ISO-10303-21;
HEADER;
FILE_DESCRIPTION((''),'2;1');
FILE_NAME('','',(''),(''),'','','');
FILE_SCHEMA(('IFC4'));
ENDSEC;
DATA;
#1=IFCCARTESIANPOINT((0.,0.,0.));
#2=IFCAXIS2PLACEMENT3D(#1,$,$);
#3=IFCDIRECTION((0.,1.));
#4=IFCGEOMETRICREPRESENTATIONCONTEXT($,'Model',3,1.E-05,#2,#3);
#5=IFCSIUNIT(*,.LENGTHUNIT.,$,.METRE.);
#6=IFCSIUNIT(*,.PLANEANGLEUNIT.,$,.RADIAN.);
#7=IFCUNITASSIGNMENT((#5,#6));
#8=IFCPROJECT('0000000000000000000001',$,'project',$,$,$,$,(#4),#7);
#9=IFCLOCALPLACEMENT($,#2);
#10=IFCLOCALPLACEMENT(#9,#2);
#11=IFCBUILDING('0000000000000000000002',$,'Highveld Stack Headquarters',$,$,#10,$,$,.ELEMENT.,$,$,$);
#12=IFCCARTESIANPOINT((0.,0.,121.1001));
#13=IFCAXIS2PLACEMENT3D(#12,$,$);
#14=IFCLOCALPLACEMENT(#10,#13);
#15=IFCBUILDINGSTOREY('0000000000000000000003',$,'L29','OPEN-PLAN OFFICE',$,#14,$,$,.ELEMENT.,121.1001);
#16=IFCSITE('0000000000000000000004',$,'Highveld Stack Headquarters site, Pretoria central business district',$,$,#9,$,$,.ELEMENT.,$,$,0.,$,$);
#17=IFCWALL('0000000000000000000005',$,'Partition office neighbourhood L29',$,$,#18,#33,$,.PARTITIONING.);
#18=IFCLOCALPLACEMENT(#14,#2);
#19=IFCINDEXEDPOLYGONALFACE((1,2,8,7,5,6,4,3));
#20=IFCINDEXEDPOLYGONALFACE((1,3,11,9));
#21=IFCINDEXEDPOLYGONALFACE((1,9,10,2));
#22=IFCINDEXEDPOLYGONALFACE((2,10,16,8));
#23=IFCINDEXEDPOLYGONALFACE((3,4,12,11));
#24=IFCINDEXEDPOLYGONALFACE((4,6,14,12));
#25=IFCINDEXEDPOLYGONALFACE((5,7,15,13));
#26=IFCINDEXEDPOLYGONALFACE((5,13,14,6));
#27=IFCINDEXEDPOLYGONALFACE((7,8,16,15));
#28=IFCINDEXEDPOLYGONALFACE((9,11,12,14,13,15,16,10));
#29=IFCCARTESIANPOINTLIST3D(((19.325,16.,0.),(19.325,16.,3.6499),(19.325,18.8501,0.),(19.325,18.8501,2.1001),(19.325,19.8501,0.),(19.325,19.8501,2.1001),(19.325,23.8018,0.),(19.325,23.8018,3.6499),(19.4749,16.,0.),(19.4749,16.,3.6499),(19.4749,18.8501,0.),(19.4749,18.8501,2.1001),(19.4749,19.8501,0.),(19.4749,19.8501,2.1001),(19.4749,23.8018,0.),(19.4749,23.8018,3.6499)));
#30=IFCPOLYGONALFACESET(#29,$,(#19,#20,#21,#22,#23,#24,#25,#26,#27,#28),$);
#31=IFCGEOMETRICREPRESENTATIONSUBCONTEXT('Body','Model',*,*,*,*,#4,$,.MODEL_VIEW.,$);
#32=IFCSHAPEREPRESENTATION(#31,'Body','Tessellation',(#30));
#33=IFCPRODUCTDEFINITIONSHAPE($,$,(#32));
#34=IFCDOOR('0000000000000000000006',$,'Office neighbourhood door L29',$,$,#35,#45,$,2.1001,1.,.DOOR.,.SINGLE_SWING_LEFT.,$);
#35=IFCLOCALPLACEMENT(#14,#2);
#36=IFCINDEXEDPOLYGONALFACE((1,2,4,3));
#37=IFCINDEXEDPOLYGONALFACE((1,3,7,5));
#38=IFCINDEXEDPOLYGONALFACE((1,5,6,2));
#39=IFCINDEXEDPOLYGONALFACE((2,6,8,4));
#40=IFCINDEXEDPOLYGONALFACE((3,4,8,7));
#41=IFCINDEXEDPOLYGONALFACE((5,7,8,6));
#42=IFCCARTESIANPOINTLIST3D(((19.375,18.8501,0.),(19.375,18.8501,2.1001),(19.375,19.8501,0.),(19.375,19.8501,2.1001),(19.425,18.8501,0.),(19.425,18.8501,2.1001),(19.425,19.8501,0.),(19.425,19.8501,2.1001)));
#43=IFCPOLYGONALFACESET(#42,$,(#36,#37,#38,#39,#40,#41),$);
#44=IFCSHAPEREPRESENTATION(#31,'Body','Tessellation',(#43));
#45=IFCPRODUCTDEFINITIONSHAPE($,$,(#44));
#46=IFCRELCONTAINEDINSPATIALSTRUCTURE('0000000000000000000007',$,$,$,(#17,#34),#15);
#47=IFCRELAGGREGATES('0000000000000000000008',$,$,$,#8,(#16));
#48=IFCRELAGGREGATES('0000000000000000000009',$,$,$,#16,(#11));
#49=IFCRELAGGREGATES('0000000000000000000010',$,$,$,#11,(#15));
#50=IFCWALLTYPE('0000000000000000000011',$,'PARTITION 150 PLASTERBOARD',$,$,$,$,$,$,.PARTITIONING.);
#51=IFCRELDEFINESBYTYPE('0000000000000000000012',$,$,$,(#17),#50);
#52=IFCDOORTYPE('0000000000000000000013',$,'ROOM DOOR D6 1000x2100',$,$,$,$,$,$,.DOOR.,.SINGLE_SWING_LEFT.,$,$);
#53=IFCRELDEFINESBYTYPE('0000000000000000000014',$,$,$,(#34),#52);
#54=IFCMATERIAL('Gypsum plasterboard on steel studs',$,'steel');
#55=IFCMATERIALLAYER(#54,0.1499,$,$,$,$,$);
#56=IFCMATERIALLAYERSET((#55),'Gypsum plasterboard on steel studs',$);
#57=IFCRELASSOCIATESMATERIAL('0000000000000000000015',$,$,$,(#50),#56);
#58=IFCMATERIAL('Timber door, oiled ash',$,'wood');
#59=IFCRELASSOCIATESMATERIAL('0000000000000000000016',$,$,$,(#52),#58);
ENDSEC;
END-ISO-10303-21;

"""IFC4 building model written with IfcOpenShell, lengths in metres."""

from ifc_helpers import new_model, si_unit, direction, frame, frame_2d, origin, place, context, subcontext, project, spatial, rectangle, extrude, material, layer, layer_set, type_object, element, fill, save


model = new_model("IFC4")

# Units and contexts
model_context = context("Model", 3, precision=1e-05, world=origin(), true_north=direction((0.0, 1.0)))
body_context = subcontext(model_context, "Body", "Model", "MODEL_VIEW")
ifc_project = project(units=[si_unit("LENGTHUNIT", "METRE"), si_unit("PLANEANGLEUNIT", "RADIAN")], contexts=[model_context])

# Site, building, storey
site_placement = place(None, origin())
site = spatial("IfcSite", under=ifc_project, at=site_placement, Name="Highveld Stack Headquarters site, Pretoria central business district", CompositionType="ELEMENT", RefElevation=0.0)
building_placement = place(site_placement, origin())
building = spatial("IfcBuilding", under=site, at=building_placement, Name="Highveld Stack Headquarters", CompositionType="ELEMENT")
storey_placement = place(building_placement, frame((0.0, 0.0, 121.1001)))
storey = spatial("IfcBuildingStorey", under=building, at=storey_placement, Name="L29", Description="OPEN-PLAN OFFICE", CompositionType="ELEMENT", Elevation=121.1001)

# Shared definitions
ifc_material_1 = material(Name="Gypsum plasterboard on steel studs", Category="steel")
ifc_layer_1 = layer(ifc_material_1, 0.1499)
ifc_layer_set_1 = layer_set([ifc_layer_1], Name="Gypsum plasterboard on steel studs")
wall_type = type_object("IfcWallType", Name="PARTITION 150 PLASTERBOARD", PredefinedType="PARTITIONING", material=ifc_layer_set_1)

# Wall, opening, door
wall_1_placement = place(storey_placement, frame((19.3999, 16.0, 0.0), z_axis=(0.0, 0.0, 1.0), x_axis=(0.0, 1.0, 0.0)))
wall_1 = element("IfcWall", 1, at=wall_1_placement, inside=storey, type_object=wall_type, Name="Partition office neighbourhood L29", PredefinedType="PARTITIONING", context=body_context, shape_type="SweptSolid", body=[
    extrude(rectangle(XDim=7.8018, YDim=0.1499, at=frame_2d((3.9009, 0.0))), origin(), (0.0, 0.0, 1.0), 3.6499),
])
opening_placement = place(wall_1_placement, frame((2.8501, 0.0, 0.0)))
opening = element("IfcOpeningElement", 2, at=opening_placement, cuts=wall_1, PredefinedType="OPENING", context=body_context, shape_type="SweptSolid", body=[
    extrude(rectangle(XDim=1.0, YDim=2.1001, at=frame_2d((0.5, 1.05))), frame((0.0, 0.085, 0.0), z_axis=(0.0, -1.0, 0.0), x_axis=(1.0, 0.0, 0.0)), (0.0, 0.0, 1.0), 0.1699),
])
ifc_material_2 = material(Name="Timber door, oiled ash", Category="wood")
door_type = type_object("IfcDoorType", Name="ROOM DOOR D6 1000x2100", OperationType="SINGLE_SWING_LEFT", PredefinedType="DOOR", material=ifc_material_2)
door_placement = place(opening_placement, origin())
door = element("IfcDoor", 3, at=door_placement, inside=storey, type_object=door_type, Name="Office neighbourhood door L29", OperationType="SINGLE_SWING_LEFT", OverallHeight=2.1001, OverallWidth=1.0, PredefinedType="DOOR", context=body_context, shape_type="SweptSolid", body=[
    extrude(rectangle(XDim=1.0, YDim=2.1001, at=frame_2d((0.5, 1.05))), frame((0.0, 0.0249, 0.0), z_axis=(0.0, -1.0, 0.0), x_axis=(1.0, 0.0, 0.0)), (0.0, 0.0, 1.0), 0.05),
])
fill(opening, door)

save(model, "model.ifc")
